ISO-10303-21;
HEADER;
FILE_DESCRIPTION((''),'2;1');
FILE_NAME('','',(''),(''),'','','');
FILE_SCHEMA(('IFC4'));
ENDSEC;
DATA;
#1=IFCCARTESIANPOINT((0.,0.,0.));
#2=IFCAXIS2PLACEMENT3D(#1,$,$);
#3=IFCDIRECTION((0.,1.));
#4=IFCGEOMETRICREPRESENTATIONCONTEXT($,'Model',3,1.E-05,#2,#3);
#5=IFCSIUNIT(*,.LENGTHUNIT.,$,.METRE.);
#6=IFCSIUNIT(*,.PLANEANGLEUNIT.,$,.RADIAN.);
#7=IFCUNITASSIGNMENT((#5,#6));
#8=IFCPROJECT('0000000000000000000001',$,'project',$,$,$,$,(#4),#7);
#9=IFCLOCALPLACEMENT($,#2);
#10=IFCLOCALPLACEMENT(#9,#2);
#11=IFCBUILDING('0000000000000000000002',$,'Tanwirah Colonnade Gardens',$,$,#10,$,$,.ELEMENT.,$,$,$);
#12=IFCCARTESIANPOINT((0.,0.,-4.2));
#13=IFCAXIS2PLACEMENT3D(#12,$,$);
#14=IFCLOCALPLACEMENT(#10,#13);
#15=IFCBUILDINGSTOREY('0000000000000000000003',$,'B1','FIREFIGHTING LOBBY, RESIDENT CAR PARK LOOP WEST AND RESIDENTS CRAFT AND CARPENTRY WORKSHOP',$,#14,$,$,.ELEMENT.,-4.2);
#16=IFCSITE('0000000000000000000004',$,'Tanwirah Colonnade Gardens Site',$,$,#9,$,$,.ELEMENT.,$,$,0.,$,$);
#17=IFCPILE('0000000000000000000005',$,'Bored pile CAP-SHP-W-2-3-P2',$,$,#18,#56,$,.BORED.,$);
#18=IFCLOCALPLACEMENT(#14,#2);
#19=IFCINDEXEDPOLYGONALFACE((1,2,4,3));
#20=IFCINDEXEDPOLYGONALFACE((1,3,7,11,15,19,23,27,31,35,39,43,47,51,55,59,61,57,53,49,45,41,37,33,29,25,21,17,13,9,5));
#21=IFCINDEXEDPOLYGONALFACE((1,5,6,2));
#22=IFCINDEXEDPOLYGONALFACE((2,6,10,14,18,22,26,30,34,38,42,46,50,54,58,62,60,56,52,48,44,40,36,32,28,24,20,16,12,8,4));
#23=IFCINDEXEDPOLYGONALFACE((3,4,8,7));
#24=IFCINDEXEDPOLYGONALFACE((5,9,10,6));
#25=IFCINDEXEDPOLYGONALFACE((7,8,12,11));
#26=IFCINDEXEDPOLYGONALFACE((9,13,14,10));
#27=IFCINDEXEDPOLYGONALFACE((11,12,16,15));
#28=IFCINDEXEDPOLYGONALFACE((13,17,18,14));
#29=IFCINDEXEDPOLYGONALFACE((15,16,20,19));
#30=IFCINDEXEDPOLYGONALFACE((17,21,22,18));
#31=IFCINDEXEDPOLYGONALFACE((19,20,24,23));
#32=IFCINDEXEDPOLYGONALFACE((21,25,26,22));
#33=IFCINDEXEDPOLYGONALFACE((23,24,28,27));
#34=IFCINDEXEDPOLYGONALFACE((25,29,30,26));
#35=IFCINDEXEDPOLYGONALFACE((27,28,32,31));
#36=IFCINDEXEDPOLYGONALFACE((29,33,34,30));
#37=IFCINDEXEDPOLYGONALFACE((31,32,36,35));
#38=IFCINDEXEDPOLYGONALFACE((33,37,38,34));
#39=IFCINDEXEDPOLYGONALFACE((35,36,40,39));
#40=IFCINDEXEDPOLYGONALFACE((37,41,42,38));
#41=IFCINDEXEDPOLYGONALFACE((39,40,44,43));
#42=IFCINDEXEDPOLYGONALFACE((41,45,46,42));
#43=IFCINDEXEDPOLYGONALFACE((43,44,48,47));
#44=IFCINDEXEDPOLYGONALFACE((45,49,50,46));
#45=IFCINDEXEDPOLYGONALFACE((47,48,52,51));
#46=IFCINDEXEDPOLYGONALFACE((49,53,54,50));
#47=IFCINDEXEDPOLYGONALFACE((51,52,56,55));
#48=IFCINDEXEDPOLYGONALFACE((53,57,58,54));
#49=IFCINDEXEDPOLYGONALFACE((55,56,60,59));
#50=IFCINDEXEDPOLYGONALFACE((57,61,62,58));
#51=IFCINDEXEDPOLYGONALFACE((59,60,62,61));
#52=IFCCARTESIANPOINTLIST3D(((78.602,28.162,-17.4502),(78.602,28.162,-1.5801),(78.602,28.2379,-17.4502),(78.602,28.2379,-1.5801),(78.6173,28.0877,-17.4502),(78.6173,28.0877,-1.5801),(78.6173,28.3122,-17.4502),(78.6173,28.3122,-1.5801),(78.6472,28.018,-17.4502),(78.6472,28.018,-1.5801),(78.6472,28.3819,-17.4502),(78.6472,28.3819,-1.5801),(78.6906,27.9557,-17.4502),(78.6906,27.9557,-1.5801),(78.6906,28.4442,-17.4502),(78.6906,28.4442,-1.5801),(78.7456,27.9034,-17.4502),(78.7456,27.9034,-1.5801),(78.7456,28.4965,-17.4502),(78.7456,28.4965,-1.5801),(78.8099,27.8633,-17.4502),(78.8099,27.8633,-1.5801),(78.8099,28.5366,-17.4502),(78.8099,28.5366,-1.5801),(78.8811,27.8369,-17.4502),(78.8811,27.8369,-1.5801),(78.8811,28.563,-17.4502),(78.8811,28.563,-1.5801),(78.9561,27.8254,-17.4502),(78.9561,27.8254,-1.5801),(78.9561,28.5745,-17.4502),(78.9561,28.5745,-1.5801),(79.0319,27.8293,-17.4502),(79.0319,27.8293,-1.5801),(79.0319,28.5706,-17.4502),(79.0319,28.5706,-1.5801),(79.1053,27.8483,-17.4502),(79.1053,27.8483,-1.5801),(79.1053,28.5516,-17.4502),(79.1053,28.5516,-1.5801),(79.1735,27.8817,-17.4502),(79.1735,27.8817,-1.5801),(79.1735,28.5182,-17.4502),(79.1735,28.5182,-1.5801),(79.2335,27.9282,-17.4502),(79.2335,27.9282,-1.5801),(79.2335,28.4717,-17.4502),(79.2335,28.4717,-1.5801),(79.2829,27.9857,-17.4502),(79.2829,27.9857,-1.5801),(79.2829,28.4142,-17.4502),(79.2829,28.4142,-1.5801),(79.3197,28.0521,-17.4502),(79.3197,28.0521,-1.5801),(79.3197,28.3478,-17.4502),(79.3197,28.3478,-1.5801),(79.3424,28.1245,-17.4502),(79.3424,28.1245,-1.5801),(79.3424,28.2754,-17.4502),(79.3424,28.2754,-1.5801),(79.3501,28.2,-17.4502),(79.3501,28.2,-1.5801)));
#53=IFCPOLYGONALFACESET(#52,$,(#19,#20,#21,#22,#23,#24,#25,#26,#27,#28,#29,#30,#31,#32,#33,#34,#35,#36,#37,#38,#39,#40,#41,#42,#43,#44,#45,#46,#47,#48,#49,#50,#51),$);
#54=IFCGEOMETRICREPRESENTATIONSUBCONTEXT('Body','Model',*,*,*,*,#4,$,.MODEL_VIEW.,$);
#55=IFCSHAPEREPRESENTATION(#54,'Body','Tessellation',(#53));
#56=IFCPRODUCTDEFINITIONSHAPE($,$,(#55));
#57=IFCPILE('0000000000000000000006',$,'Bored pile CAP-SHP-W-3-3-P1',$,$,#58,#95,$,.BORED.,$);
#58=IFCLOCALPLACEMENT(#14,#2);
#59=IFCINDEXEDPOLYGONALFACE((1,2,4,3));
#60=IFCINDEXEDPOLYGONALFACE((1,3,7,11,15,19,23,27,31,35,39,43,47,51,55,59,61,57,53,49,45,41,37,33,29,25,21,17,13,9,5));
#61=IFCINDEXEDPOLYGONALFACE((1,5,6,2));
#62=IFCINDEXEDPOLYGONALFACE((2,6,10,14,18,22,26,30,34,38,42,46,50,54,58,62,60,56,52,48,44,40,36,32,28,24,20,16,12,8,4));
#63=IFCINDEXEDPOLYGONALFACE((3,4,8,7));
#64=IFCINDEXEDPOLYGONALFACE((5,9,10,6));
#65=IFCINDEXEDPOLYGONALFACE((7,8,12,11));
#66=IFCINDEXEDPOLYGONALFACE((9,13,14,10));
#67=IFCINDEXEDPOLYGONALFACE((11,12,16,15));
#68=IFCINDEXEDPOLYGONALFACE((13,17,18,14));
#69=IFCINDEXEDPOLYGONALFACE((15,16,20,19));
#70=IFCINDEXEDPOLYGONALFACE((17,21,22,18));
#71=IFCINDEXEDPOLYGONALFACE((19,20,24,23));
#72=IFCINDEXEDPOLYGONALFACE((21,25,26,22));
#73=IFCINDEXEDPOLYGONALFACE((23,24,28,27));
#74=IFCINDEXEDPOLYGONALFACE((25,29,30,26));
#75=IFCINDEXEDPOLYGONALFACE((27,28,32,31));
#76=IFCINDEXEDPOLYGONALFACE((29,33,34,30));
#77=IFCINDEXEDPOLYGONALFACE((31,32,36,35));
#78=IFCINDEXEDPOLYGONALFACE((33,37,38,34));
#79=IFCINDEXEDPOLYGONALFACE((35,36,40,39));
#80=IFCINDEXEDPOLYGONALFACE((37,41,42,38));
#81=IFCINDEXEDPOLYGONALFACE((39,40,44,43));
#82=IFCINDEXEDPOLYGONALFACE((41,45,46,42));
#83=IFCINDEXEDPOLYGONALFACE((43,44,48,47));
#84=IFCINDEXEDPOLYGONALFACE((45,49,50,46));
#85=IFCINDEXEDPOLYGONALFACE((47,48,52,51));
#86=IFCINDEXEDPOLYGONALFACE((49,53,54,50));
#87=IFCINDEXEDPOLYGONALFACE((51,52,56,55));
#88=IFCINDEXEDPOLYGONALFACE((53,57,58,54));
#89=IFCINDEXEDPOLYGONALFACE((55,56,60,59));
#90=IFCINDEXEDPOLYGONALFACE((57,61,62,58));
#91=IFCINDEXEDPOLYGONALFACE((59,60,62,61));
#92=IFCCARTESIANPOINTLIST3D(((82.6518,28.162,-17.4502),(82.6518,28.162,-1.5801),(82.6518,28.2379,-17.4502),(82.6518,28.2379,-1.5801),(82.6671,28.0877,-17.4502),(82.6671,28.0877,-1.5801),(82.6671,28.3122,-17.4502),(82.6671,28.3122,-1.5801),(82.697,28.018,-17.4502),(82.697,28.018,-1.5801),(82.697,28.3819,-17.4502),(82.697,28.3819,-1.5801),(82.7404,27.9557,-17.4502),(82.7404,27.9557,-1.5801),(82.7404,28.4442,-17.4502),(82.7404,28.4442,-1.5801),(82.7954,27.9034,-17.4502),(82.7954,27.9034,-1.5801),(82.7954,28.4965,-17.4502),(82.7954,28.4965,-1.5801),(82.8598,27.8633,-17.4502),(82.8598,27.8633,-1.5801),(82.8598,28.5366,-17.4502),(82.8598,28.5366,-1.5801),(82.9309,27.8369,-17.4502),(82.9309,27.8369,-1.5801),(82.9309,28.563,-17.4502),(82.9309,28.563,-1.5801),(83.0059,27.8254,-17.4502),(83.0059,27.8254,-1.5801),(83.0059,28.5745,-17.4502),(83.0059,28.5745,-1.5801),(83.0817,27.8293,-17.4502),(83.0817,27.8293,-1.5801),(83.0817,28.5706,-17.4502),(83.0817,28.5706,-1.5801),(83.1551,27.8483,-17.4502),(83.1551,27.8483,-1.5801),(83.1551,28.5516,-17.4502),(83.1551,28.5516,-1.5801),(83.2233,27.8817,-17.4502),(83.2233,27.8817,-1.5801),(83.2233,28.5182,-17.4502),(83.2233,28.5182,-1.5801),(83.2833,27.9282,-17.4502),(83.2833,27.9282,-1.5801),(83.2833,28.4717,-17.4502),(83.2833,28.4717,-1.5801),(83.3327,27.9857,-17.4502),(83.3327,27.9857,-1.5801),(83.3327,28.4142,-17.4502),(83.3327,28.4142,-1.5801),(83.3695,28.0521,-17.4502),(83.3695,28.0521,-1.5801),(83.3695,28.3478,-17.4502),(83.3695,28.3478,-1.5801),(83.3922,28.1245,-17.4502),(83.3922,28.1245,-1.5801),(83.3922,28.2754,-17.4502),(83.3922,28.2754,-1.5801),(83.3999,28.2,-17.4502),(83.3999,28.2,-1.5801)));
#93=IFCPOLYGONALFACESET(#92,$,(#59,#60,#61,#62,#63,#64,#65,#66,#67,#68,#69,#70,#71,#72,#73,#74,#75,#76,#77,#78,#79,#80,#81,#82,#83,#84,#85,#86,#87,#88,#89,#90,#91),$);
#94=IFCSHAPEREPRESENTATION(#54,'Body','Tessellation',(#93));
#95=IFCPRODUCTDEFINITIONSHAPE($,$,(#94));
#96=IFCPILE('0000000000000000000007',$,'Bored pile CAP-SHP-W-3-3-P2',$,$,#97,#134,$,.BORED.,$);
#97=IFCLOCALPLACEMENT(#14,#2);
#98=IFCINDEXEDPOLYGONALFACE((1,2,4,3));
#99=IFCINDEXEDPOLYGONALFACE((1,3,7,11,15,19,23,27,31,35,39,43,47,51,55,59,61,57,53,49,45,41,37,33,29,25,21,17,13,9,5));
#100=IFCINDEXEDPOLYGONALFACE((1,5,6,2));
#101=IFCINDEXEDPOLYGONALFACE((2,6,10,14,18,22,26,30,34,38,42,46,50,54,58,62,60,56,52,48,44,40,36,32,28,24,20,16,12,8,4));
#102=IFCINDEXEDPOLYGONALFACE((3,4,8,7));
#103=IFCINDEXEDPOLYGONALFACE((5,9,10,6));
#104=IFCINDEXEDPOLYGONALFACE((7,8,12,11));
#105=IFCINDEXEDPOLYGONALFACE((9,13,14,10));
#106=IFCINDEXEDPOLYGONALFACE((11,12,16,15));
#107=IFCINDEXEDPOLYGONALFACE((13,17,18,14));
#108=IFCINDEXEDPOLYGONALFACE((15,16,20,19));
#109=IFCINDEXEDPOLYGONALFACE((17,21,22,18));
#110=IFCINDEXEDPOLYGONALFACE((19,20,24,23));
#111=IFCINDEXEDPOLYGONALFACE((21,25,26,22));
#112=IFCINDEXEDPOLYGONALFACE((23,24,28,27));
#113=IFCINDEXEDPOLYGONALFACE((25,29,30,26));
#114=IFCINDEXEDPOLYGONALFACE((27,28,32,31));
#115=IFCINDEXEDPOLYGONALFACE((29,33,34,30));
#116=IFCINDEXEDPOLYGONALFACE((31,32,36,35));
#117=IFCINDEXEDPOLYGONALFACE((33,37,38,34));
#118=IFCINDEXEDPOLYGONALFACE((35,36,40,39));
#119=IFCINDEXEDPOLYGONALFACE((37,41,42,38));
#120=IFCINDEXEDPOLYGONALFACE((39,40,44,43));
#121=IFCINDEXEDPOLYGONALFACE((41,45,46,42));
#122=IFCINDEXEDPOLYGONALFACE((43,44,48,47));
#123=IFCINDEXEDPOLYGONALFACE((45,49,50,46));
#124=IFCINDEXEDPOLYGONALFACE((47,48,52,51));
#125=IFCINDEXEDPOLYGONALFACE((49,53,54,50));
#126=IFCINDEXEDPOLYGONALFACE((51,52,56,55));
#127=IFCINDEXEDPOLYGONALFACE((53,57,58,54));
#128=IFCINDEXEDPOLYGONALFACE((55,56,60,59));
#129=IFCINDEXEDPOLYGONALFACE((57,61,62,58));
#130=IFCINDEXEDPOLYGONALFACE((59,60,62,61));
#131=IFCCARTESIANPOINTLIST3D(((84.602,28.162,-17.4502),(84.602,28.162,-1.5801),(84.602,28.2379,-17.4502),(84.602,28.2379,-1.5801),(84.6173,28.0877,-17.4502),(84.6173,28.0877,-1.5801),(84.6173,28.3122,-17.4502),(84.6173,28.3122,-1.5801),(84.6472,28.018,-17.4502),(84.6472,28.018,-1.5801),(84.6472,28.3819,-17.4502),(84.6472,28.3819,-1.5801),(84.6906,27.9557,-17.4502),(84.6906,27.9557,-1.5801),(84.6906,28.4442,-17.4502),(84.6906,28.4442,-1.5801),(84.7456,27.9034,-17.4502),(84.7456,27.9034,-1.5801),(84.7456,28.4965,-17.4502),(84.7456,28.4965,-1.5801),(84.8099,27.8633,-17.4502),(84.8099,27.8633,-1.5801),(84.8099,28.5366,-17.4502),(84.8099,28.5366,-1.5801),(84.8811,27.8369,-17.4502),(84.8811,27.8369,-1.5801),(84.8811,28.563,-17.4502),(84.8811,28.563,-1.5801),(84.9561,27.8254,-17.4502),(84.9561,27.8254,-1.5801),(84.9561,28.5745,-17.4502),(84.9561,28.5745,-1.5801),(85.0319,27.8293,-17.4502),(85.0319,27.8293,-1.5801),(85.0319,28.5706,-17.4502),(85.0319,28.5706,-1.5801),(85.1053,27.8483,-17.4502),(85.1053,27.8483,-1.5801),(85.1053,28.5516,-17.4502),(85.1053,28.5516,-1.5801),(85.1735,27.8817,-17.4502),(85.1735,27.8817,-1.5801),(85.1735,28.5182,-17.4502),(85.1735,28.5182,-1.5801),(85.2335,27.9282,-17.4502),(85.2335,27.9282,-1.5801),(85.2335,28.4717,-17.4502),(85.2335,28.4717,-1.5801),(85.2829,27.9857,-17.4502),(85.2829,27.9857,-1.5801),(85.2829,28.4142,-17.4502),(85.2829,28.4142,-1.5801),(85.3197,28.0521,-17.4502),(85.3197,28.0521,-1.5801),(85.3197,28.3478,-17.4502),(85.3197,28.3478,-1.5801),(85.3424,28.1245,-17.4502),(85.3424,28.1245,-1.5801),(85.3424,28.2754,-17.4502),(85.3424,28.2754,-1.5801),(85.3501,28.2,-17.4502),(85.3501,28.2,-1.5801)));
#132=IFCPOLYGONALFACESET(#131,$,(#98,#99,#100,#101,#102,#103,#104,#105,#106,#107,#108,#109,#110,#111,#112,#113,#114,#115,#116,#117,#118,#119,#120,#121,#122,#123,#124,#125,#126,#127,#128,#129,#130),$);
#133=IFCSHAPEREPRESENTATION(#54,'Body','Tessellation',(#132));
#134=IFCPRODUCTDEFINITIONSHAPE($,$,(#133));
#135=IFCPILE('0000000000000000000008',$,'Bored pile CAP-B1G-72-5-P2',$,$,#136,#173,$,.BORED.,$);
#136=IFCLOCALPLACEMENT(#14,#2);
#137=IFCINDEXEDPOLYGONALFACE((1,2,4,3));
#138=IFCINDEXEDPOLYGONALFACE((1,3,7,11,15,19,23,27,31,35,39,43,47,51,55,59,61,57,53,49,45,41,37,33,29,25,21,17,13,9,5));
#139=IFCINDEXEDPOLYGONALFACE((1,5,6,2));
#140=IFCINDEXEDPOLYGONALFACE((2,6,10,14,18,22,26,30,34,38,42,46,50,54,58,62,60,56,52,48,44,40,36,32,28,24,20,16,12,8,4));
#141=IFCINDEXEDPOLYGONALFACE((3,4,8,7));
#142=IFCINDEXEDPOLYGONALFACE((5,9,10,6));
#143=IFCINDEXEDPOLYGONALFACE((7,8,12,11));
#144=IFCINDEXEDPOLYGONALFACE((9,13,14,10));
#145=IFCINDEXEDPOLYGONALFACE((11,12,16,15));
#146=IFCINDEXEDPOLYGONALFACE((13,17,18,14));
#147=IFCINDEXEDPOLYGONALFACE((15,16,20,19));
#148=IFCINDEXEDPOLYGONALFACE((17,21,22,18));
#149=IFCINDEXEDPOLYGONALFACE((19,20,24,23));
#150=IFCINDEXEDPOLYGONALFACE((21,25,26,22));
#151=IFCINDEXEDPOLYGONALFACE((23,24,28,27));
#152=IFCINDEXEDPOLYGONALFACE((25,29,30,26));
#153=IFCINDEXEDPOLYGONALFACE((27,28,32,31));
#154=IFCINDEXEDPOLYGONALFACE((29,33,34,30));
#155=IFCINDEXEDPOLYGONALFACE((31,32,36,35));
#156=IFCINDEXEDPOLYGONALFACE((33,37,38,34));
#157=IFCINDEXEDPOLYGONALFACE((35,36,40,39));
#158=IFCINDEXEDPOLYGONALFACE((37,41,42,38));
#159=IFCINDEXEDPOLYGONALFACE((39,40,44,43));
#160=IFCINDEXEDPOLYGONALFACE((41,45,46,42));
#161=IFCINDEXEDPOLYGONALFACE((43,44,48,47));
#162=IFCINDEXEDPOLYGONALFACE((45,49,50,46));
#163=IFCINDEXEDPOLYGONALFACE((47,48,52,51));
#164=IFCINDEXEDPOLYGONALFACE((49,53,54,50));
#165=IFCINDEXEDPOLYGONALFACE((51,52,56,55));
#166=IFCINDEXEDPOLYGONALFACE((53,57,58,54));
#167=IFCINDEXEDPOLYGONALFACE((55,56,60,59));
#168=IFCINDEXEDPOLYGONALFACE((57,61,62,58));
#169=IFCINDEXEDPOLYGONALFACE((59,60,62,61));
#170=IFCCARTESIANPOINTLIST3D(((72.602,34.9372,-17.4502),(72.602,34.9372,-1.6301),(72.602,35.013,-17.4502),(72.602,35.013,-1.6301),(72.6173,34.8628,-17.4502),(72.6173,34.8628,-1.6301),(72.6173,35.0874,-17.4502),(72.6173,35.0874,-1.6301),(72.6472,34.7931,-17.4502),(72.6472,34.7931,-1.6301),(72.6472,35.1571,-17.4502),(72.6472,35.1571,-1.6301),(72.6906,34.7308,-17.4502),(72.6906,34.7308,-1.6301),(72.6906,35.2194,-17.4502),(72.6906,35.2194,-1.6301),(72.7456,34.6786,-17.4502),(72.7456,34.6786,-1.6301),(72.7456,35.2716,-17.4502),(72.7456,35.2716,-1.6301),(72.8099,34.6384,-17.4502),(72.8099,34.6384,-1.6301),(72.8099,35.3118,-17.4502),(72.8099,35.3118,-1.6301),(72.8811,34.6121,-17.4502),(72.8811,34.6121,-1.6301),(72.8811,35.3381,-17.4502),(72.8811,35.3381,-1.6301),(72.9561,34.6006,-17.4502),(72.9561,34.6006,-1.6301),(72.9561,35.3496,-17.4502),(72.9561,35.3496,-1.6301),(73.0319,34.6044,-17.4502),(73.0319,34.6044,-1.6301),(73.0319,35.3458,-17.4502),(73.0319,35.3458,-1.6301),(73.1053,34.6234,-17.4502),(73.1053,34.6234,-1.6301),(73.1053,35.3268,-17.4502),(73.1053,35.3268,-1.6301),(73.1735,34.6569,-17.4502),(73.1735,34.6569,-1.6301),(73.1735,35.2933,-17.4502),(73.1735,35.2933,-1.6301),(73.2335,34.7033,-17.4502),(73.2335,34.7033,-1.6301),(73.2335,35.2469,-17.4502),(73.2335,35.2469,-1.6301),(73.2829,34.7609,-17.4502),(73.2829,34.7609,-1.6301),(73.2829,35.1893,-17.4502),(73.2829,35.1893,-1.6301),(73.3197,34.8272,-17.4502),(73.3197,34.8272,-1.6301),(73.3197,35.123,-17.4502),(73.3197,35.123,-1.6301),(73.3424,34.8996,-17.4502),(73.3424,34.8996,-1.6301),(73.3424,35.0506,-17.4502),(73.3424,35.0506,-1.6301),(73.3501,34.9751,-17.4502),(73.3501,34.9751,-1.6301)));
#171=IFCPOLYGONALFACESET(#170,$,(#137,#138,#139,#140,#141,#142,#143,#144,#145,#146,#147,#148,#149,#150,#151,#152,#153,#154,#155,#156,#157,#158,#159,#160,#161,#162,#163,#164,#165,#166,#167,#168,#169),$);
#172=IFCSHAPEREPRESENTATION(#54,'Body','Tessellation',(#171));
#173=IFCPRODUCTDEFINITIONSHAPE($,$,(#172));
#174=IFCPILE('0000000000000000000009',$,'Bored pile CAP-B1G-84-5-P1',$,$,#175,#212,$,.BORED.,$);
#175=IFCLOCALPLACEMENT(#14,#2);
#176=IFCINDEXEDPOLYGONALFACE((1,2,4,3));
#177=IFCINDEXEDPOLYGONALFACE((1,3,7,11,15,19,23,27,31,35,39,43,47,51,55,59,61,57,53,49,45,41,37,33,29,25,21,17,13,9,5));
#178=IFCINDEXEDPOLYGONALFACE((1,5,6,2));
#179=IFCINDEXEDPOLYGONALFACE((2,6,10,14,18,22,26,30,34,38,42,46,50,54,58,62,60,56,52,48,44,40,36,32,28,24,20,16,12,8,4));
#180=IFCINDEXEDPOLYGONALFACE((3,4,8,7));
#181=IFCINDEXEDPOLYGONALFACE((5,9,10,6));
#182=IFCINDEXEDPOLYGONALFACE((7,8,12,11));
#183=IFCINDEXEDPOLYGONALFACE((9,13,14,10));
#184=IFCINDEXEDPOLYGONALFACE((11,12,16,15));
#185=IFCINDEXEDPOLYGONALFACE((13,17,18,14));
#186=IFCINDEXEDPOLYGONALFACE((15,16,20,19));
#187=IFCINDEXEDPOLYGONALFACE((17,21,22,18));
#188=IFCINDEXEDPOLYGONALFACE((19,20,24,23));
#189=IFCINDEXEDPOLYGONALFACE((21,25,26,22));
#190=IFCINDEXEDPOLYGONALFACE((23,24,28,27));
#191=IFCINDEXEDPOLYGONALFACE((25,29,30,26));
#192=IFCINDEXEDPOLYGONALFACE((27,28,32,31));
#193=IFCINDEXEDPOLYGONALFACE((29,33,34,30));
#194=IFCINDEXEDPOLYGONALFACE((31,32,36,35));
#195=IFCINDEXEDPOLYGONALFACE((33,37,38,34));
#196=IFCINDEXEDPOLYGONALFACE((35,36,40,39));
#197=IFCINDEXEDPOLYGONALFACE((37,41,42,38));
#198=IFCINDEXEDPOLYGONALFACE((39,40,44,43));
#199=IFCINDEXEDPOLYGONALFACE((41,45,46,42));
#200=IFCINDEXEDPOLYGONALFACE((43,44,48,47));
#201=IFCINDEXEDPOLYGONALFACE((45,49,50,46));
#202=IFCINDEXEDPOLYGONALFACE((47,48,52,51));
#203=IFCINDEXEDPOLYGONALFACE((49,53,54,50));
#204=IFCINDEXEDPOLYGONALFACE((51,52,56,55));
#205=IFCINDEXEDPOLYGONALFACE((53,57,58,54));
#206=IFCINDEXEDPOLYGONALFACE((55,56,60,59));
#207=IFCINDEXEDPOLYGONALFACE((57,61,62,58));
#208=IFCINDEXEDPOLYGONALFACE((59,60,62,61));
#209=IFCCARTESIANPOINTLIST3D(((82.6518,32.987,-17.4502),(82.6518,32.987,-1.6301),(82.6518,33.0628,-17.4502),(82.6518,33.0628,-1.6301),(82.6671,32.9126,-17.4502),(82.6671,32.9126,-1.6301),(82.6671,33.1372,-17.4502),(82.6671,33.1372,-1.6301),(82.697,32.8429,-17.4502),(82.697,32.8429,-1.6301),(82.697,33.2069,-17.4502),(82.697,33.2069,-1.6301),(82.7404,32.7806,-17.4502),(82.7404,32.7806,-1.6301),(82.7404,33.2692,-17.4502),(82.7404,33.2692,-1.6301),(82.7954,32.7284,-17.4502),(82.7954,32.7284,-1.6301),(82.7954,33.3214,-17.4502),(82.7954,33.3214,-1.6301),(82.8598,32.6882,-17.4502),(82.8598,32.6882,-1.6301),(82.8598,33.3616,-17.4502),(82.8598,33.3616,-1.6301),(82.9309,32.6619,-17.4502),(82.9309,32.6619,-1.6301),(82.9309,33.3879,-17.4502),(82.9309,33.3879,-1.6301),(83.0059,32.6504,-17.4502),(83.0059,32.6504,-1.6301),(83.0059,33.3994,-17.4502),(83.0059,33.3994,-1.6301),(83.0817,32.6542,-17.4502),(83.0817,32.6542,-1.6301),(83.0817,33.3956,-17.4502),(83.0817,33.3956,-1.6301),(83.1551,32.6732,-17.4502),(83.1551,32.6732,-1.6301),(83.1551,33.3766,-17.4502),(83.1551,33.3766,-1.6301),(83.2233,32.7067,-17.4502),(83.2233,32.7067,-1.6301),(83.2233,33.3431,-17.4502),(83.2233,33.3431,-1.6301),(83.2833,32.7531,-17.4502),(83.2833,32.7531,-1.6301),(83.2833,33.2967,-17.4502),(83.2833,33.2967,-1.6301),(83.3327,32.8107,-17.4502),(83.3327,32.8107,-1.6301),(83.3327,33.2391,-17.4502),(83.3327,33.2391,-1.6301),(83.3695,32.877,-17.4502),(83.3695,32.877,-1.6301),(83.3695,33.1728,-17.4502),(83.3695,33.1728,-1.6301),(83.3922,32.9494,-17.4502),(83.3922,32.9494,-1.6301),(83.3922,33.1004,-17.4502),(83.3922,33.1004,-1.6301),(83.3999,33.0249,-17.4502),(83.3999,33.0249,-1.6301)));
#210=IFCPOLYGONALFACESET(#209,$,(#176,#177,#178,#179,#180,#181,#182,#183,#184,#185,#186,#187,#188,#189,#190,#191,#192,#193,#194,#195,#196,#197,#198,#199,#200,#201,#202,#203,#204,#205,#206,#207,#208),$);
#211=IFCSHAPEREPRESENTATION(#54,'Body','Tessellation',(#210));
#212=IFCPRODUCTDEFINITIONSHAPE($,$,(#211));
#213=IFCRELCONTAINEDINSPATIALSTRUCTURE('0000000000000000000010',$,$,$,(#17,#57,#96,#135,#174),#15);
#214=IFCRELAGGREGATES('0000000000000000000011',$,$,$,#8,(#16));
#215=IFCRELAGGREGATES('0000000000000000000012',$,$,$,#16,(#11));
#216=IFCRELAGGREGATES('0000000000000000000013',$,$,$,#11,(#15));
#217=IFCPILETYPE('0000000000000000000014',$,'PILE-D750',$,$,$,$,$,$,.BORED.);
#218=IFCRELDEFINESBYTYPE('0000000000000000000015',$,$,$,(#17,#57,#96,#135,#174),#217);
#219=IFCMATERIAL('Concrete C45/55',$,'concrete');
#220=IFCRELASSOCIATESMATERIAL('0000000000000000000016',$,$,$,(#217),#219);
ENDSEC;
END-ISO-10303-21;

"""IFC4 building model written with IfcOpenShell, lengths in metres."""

from ifc_helpers import new_model, si_unit, direction, frame, origin, origin_2d, place, context, subcontext, project, spatial, circle, extrude, material, material_profile, profile_set, type_object, element, save


model = new_model("IFC4")

# Units and contexts
model_context = context("Model", 3, precision=1e-05, world=origin(), true_north=direction((0.0, 1.0)))
body_context = subcontext(model_context, "Body", "Model", "MODEL_VIEW")
ifc_project = project(units=[si_unit("LENGTHUNIT", "METRE"), si_unit("PLANEANGLEUNIT", "RADIAN")], contexts=[model_context])

# Site, building, storey
site_placement = place(None, origin())
site = spatial("IfcSite", under=ifc_project, at=site_placement, Name="Tanwirah Colonnade Gardens Site", CompositionType="ELEMENT", RefElevation=0.0)
building_placement = place(site_placement, origin())
building = spatial("IfcBuilding", under=site, at=building_placement, Name="Tanwirah Colonnade Gardens", CompositionType="ELEMENT")
storey_placement = place(building_placement, frame((0.0, 0.0, -4.2)))
storey = spatial("IfcBuildingStorey", under=building, at=storey_placement, Name="B1", Description="FIREFIGHTING LOBBY, RESIDENT CAR PARK LOOP WEST AND RESIDENTS CRAFT AND CARPENTRY WORKSHOP", CompositionType="ELEMENT", Elevation=-4.2)

# Shared definitions
ifc_material = material(Name="Concrete C45/55", Category="concrete")

# Piles
ifc_material_profile_1 = material_profile(ifc_material, circle(Radius=0.375, at=origin_2d()), Name="PILE D750")
ifc_profile_set_1 = profile_set([ifc_material_profile_1], Name="Concrete C45/55")
pile_type_1 = type_object("IfcPileType", Name="PILE-D750", PredefinedType="BORED", material=ifc_profile_set_1)
for number, where, z_axis, x_axis, name in (
    (1, (78.9751, 28.2, -1.5801), (0.0, 0.0, -1.0), (1.0, 0.0, 0.0), "Bored pile CAP-SHP-W-2-3-P2"),
    (2, (83.0249, 28.2, -1.5801), (0.0, 0.0, -1.0), (1.0, 0.0, 0.0), "Bored pile CAP-SHP-W-3-3-P1"),
    (3, (84.9751, 28.2, -1.5801), (0.0, 0.0, -1.0), (1.0, 0.0, 0.0), "Bored pile CAP-SHP-W-3-3-P2"),
):
    element("IfcPile", number, at=place(storey_placement, frame(where, z_axis=z_axis, x_axis=x_axis)), inside=storey, type_object=pile_type_1, Name=name, PredefinedType="BORED", context=body_context, shape_type="SweptSolid", body=[
        extrude(circle(Radius=0.375, at=origin_2d()), origin(), (0.0, 0.0, 1.0), 15.8701),
    ])
for number, where, z_axis, x_axis, name in (
    (4, (72.9751, 34.9751, -1.6301), (0.0, 0.0, -1.0), (1.0, 0.0, 0.0), "Bored pile CAP-B1G-72-5-P2"),
    (5, (83.0249, 33.0249, -1.6301), (0.0, 0.0, -1.0), (1.0, 0.0, 0.0), "Bored pile CAP-B1G-84-5-P1"),
):
    element("IfcPile", number, at=place(storey_placement, frame(where, z_axis=z_axis, x_axis=x_axis)), inside=storey, type_object=pile_type_1, Name=name, PredefinedType="BORED", context=body_context, shape_type="SweptSolid", body=[
        extrude(circle(Radius=0.375, at=origin_2d()), origin(), (0.0, 0.0, 1.0), 15.8201),
    ])

save(model, "model.ifc")
